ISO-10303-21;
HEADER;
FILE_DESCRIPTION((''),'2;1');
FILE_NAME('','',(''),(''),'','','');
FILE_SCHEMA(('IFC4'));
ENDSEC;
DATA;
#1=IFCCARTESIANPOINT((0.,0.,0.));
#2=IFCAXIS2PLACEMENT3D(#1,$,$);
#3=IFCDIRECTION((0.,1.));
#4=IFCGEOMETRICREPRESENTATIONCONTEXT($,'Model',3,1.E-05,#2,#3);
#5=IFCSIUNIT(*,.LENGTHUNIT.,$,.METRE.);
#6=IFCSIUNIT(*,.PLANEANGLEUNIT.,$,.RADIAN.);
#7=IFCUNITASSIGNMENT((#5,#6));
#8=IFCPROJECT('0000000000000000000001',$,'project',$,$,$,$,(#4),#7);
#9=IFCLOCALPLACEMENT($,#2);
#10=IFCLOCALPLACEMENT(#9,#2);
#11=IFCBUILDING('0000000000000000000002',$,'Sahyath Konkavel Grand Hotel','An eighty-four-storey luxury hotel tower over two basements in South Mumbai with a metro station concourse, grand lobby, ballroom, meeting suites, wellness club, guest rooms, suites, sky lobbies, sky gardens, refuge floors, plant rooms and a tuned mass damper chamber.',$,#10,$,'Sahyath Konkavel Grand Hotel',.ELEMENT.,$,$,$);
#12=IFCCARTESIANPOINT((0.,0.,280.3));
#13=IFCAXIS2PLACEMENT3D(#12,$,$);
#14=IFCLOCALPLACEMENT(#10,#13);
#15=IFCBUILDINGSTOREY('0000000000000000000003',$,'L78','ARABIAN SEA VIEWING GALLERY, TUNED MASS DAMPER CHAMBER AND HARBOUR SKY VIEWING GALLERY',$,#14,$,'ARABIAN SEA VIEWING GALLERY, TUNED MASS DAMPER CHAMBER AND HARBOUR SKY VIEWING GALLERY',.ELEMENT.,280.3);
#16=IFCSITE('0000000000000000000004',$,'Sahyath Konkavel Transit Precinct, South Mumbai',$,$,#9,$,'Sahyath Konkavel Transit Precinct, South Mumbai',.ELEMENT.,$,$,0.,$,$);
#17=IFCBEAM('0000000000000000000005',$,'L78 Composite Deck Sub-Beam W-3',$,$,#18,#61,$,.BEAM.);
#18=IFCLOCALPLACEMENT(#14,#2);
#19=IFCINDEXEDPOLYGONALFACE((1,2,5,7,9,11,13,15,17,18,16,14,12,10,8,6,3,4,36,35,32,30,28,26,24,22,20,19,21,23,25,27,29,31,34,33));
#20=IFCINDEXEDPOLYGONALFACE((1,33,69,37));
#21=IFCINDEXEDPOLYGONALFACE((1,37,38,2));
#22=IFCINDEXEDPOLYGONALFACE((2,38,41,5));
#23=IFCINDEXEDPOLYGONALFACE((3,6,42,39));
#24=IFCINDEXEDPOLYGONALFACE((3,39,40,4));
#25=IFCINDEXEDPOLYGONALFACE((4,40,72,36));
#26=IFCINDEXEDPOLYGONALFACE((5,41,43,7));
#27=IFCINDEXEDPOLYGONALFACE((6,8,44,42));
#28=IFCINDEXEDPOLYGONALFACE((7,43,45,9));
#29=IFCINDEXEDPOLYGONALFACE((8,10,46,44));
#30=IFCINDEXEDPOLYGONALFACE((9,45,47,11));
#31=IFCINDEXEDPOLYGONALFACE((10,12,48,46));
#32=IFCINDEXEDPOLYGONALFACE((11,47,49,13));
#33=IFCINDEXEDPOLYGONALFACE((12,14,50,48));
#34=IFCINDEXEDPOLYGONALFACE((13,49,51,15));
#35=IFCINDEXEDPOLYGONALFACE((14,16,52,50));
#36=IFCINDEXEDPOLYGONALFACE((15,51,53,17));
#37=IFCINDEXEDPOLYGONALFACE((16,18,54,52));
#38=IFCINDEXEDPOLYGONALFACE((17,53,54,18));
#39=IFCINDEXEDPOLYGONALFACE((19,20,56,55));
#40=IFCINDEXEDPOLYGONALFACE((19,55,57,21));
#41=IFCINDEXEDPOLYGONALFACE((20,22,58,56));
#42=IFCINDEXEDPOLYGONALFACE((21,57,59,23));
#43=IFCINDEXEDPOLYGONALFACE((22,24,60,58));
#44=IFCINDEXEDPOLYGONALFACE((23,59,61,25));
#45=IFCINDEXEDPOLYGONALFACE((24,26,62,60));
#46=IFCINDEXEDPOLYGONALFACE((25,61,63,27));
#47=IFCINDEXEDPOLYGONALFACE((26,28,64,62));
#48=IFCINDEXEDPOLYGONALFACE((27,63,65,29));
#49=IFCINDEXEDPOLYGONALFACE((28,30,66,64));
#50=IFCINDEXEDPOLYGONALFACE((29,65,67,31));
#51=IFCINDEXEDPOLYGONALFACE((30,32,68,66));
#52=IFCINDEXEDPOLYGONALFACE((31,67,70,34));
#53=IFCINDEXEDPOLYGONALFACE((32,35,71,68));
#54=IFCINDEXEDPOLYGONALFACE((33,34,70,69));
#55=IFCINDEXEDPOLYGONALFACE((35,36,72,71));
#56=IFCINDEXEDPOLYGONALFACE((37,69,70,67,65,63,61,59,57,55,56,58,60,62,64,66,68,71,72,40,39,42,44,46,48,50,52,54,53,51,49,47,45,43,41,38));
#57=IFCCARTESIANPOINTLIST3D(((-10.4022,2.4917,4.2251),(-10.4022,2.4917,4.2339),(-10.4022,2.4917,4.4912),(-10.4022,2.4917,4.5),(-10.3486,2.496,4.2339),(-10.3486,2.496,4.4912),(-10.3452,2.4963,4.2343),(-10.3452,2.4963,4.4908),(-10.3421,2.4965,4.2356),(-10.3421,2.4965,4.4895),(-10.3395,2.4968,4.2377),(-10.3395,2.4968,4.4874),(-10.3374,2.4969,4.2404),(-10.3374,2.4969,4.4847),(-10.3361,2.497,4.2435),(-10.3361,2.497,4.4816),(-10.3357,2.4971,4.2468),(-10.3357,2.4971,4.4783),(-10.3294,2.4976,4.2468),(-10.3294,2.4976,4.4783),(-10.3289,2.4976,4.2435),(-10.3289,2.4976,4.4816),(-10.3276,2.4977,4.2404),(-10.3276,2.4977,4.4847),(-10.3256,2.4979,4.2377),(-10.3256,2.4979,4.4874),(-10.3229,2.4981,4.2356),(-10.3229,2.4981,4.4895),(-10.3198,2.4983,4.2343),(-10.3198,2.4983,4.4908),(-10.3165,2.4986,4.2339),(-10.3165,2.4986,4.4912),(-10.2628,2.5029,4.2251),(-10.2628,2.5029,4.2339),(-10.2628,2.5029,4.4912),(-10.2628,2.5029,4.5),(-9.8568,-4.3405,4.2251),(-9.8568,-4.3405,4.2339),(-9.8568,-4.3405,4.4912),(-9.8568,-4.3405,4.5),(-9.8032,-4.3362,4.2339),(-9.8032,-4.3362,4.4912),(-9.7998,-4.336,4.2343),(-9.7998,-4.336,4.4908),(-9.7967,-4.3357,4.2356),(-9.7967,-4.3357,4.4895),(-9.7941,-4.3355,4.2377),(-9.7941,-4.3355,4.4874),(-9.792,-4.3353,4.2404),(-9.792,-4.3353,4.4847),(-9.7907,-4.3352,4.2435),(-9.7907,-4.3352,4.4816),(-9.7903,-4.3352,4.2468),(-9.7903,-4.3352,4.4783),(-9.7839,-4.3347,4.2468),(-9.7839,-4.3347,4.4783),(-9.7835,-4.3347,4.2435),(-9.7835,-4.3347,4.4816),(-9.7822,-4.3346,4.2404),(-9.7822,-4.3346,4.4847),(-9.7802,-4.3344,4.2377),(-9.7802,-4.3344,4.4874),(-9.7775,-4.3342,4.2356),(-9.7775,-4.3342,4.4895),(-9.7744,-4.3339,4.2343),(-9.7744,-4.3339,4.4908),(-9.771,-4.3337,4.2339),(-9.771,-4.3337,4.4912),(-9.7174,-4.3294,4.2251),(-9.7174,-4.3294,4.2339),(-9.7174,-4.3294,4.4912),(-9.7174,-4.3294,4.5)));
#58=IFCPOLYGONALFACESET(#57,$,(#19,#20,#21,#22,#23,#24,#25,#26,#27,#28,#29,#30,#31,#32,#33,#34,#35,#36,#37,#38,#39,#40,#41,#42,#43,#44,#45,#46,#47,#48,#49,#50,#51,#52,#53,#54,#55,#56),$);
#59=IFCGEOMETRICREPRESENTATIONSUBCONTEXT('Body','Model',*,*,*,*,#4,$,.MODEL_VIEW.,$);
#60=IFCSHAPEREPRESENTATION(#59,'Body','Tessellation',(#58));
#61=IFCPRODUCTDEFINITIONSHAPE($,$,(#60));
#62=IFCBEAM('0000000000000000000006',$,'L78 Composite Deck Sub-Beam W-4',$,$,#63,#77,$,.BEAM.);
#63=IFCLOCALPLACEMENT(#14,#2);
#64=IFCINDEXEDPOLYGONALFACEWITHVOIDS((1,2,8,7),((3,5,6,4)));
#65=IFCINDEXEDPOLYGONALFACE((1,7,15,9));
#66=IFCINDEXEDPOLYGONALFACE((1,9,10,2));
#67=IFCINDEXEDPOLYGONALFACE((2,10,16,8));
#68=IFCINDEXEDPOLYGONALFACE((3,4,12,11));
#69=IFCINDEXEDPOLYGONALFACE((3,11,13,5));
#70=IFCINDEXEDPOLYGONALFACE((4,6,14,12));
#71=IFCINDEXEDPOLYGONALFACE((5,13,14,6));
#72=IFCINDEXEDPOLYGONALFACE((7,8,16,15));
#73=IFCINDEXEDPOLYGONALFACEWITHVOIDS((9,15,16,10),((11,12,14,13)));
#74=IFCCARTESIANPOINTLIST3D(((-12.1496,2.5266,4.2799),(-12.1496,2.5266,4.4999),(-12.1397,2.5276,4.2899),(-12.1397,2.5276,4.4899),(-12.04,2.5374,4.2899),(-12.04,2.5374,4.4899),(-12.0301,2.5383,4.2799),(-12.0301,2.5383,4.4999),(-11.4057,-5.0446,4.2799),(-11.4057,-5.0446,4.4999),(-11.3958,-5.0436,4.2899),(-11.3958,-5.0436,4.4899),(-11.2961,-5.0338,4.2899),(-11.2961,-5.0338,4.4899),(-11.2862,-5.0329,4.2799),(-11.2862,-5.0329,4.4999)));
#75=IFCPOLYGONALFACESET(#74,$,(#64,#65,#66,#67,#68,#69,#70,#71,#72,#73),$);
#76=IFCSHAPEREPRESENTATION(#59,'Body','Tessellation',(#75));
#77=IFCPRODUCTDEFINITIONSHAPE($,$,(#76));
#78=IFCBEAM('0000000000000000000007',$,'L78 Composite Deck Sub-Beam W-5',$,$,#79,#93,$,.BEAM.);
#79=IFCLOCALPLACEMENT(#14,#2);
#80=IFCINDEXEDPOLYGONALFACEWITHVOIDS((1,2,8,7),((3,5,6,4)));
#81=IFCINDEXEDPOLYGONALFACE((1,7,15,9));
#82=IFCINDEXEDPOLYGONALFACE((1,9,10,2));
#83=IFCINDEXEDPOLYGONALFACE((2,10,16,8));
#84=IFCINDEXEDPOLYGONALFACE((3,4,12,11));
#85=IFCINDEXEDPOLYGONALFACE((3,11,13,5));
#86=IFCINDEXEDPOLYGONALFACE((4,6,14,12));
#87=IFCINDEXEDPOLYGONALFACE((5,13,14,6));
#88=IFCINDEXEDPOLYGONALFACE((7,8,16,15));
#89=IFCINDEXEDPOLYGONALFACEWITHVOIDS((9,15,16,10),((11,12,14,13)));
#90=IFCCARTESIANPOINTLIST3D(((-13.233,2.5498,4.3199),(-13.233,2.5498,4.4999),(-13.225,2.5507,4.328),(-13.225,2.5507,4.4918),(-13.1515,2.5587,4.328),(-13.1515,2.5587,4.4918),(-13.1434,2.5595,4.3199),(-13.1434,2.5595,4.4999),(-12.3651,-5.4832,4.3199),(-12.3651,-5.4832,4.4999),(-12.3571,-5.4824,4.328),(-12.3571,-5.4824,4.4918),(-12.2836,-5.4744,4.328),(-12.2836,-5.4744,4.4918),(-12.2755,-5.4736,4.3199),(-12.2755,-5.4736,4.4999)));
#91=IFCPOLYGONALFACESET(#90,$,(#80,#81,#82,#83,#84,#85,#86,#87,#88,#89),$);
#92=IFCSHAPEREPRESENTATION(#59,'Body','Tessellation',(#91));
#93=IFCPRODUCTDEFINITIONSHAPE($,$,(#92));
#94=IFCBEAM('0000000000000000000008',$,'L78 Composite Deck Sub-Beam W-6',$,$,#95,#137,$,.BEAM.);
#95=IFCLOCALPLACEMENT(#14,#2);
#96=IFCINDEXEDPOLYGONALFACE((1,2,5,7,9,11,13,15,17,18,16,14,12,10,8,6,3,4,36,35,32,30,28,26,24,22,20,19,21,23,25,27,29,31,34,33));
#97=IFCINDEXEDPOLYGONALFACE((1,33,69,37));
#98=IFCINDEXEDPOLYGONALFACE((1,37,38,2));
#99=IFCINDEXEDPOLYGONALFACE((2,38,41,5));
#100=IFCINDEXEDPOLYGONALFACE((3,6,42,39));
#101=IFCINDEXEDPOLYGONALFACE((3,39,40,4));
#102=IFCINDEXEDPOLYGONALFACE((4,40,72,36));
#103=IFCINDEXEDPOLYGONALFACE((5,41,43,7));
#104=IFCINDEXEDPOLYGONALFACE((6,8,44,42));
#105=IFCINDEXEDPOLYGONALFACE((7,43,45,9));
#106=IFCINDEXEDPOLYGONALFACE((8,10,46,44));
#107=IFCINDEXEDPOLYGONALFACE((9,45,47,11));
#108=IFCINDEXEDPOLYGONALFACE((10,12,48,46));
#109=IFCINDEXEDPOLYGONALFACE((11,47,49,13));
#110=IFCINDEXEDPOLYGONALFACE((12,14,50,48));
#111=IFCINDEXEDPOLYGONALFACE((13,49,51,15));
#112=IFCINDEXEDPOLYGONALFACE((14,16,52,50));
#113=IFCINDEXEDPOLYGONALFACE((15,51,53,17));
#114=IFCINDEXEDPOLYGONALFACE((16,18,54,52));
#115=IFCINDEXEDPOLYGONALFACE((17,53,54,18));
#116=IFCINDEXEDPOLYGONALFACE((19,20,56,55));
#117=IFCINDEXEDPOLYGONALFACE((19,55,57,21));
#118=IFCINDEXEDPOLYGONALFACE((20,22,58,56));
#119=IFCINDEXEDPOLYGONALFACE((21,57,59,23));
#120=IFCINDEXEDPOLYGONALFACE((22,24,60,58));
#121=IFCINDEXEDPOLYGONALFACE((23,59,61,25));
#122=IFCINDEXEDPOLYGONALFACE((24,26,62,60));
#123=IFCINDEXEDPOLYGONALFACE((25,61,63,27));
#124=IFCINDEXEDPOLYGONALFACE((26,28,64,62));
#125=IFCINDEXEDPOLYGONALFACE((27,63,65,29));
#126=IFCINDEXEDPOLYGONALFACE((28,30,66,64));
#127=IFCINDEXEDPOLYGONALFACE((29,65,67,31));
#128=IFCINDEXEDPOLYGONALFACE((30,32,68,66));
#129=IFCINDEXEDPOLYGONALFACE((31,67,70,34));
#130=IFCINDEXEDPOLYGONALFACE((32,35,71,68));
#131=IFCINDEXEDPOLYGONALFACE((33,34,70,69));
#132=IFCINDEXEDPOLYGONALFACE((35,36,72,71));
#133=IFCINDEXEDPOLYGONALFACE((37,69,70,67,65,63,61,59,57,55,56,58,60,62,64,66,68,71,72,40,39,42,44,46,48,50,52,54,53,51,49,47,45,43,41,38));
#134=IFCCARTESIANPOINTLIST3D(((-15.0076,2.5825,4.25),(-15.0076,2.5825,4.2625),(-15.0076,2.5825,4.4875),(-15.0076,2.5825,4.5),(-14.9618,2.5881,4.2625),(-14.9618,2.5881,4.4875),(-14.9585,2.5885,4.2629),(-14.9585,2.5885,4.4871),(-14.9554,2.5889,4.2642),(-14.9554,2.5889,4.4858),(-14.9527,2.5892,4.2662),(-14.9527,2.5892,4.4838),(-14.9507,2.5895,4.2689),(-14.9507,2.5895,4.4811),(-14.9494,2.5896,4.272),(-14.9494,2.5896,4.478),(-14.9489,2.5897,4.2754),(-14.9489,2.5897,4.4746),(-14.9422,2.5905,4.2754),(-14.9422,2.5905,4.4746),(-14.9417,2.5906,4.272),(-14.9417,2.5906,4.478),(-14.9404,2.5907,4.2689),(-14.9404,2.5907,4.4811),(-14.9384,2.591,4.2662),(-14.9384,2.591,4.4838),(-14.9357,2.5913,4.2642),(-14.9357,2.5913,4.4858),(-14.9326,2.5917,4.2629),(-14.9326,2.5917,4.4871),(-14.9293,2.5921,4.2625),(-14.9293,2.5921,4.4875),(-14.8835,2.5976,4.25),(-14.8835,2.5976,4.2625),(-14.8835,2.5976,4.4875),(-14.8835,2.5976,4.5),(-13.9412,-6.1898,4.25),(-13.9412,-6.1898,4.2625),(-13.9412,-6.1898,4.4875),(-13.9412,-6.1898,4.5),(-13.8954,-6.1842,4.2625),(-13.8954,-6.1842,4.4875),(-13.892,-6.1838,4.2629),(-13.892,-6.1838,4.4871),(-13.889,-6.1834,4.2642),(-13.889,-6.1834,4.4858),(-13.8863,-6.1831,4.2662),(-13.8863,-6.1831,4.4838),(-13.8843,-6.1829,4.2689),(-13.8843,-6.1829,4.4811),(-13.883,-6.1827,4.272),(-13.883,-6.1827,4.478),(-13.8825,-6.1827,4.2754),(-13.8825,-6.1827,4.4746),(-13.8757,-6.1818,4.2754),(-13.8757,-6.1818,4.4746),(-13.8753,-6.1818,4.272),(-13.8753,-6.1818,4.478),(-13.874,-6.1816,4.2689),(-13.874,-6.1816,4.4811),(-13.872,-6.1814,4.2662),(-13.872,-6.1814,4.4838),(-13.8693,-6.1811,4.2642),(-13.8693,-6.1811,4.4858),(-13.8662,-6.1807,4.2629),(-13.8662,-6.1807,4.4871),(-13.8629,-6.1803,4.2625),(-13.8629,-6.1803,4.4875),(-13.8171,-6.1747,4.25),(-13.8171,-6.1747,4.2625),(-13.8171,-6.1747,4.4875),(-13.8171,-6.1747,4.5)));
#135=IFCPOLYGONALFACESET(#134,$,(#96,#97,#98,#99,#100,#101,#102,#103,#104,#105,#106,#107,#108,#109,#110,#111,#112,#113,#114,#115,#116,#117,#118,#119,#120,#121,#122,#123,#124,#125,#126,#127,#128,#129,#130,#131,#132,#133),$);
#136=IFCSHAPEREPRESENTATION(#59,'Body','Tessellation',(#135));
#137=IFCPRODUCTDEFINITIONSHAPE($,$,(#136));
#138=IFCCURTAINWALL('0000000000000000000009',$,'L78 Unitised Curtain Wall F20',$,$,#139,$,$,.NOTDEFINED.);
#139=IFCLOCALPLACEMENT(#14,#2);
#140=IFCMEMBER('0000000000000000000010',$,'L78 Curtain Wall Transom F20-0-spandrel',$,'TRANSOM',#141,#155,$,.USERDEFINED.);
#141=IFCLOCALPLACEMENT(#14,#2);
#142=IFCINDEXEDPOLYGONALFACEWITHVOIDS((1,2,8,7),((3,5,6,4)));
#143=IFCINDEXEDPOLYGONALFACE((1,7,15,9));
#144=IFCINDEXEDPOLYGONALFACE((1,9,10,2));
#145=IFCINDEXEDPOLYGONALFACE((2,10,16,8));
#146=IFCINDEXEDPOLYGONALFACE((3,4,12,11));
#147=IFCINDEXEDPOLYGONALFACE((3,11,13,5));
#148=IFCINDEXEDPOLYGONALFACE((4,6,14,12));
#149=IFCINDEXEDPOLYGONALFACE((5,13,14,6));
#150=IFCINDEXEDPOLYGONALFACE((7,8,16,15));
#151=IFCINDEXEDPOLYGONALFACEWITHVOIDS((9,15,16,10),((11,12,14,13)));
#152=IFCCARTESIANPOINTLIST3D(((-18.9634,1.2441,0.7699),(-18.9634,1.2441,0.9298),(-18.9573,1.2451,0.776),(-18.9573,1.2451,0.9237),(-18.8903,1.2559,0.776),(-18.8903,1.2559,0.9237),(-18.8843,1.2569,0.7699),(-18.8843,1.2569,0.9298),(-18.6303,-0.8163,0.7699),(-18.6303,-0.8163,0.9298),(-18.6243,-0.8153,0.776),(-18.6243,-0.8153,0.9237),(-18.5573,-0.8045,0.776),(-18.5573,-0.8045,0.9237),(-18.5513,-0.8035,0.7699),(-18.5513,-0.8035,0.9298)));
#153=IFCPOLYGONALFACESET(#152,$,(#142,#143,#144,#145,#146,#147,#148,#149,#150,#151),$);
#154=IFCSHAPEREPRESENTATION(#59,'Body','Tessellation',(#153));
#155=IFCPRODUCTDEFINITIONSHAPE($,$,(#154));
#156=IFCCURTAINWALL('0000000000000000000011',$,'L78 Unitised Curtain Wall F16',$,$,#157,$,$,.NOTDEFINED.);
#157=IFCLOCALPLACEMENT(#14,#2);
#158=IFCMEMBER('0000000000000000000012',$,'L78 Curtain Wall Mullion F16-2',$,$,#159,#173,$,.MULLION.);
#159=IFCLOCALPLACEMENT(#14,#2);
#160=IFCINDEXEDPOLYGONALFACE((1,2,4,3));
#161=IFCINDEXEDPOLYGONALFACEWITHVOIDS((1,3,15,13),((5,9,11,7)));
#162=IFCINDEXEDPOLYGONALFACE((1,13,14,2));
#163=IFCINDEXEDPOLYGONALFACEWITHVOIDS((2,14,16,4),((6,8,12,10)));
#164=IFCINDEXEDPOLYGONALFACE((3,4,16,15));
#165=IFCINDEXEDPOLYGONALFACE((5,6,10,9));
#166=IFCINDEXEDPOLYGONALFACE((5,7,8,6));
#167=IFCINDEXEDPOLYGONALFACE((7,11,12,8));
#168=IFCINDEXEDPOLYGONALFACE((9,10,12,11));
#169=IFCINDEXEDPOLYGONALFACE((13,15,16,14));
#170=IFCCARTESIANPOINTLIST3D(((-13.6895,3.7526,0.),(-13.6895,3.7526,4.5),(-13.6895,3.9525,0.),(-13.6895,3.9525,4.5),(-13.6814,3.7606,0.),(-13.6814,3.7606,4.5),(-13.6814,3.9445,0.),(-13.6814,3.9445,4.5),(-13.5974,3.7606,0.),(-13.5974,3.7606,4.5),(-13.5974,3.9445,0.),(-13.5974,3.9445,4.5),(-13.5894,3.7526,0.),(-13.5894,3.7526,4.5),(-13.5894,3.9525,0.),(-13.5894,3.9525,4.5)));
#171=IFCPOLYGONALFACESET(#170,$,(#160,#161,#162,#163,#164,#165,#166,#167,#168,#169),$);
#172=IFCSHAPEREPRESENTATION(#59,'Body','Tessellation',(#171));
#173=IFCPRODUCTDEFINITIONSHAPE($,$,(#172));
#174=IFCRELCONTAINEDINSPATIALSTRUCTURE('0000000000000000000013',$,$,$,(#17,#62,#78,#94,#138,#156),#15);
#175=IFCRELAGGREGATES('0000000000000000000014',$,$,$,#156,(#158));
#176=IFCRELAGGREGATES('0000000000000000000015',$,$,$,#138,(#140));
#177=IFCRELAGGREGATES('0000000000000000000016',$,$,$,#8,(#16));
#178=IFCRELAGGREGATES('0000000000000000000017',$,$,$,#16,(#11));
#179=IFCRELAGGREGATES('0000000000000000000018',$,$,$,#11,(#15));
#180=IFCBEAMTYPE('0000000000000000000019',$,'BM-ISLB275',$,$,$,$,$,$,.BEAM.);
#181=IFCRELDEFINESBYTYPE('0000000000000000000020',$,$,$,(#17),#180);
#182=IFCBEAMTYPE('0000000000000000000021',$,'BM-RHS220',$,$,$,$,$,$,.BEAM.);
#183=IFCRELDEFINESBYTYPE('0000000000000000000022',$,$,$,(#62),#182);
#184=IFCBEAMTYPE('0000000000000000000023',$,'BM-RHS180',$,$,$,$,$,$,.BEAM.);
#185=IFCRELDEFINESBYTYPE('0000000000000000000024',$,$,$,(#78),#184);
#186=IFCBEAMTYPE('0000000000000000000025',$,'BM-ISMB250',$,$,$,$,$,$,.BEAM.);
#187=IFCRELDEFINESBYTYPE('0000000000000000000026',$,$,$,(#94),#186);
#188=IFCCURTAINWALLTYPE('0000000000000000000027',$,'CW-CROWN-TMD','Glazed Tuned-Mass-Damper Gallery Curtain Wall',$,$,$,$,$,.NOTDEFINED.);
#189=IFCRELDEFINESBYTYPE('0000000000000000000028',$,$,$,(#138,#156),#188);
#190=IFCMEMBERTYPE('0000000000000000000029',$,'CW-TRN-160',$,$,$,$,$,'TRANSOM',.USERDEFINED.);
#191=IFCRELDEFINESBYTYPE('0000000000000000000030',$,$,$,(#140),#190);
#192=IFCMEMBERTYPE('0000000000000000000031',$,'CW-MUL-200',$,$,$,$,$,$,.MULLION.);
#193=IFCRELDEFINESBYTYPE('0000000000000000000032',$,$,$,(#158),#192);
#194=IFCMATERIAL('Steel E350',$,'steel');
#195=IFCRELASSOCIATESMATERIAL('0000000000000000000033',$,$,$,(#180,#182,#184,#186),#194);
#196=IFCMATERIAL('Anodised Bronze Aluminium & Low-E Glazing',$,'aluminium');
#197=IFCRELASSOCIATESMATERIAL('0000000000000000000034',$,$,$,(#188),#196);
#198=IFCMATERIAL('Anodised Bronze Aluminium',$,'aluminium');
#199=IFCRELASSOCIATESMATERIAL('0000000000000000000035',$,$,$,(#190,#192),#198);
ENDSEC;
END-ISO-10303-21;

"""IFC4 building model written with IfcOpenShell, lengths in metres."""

from ifc_helpers import new_model, si_unit, direction, frame, origin, origin_2d, place, context, subcontext, project, spatial, hollow_rectangle, i_section, extrude, source, transform, mapped, material, material_profile, profile_set, type_object, element, aggregate, save


model = new_model("IFC4")

# Units and contexts
model_context = context("Model", 3, precision=1e-05, world=origin(), true_north=direction((0.0, 1.0)))
body_context = subcontext(model_context, "Body", "Model", "MODEL_VIEW")
ifc_project = project(units=[si_unit("LENGTHUNIT", "METRE"), si_unit("PLANEANGLEUNIT", "RADIAN")], contexts=[model_context])

# Site, building, storey
site_placement = place(None, origin())
site = spatial("IfcSite", under=ifc_project, at=site_placement, Name="Sahyath Konkavel Transit Precinct, South Mumbai", LongName="Sahyath Konkavel Transit Precinct, South Mumbai", CompositionType="ELEMENT", RefElevation=0.0)
building_placement = place(site_placement, origin())
building = spatial("IfcBuilding", under=site, at=building_placement, Name="Sahyath Konkavel Grand Hotel", Description="An eighty-four-storey luxury hotel tower over two basements in South Mumbai with a metro station concourse, grand lobby, ballroom, meeting suites, wellness club, guest rooms, suites, sky lobbies, sky gardens, refuge floors, plant rooms and a tuned mass damper chamber.", LongName="Sahyath Konkavel Grand Hotel", CompositionType="ELEMENT")
storey_placement = place(building_placement, frame((0.0, 0.0, 280.3)))
storey = spatial("IfcBuildingStorey", under=building, at=storey_placement, Name="L78", Description="ARABIAN SEA VIEWING GALLERY, TUNED MASS DAMPER CHAMBER AND HARBOUR SKY VIEWING GALLERY", LongName="ARABIAN SEA VIEWING GALLERY, TUNED MASS DAMPER CHAMBER AND HARBOUR SKY VIEWING GALLERY", CompositionType="ELEMENT", Elevation=280.3)

# Beams
ifc_material_1 = material(Name="Steel E350", Category="steel")
ifc_material_profile_1 = material_profile(ifc_material_1, i_section(OverallWidth=0.1399, OverallDepth=0.2749, WebThickness=0.0063, FlangeThickness=0.0088, FilletRadius=0.0129, at=origin_2d()), Name="ISLB 275")
ifc_profile_set_1 = profile_set([ifc_material_profile_1], Name="Steel E350")
beam_type_1 = type_object("IfcBeamType", Name="BM-ISLB275", PredefinedType="BEAM", material=ifc_profile_set_1)
shared_shape_1 = source(origin(), body_context, "Body", "SweptSolid", [
    extrude(i_section(OverallWidth=0.1399, OverallDepth=0.2749, WebThickness=0.0063, FlangeThickness=0.0088, FilletRadius=0.0129, at=origin_2d()), origin(), (0.0, 0.0, 1.0), 6.854),
])
beam_1_placement = place(storey_placement, frame((-10.3325, 2.4973, 4.3625), z_axis=(0.079575, -0.996829, 0.0), x_axis=(0.996829, 0.079575, 0.0)))
element("IfcBeam", 1, at=beam_1_placement, inside=storey, type_object=beam_type_1, Name="L78 Composite Deck Sub-Beam W-3", PredefinedType="BEAM", context=body_context, shape_type="MappedRepresentation", body=[
    mapped(shared_shape_1, transform((0.0, 0.0, 0.0), scale=1.0)),
])
ifc_material_profile_2 = material_profile(ifc_material_1, hollow_rectangle(XDim=0.1201, YDim=0.22, WallThickness=0.01, at=origin_2d()), Name="RHS 220x120x10")
ifc_profile_set_2 = profile_set([ifc_material_profile_2], Name="Steel E350")
beam_type_2 = type_object("IfcBeamType", Name="BM-RHS220", PredefinedType="BEAM", material=ifc_profile_set_2)
shared_shape_2 = source(origin(), body_context, "Body", "SweptSolid", [
    extrude(hollow_rectangle(XDim=0.1201, YDim=0.22, WallThickness=0.01, at=origin_2d()), origin(), (0.0, 0.0, 1.0), 7.6077),
])
beam_2_placement = place(storey_placement, frame((-12.0898, 2.5325, 4.3899), z_axis=(0.097781, -0.995208, 0.0), x_axis=(0.995208, 0.097781, 0.0)))
element("IfcBeam", 2, at=beam_2_placement, inside=storey, type_object=beam_type_2, Name="L78 Composite Deck Sub-Beam W-4", PredefinedType="BEAM", context=body_context, shape_type="MappedRepresentation", body=[
    mapped(shared_shape_2, transform((0.0, 0.0, 0.0), scale=1.0)),
])
ifc_material_profile_3 = material_profile(ifc_material_1, hollow_rectangle(XDim=0.0901, YDim=0.1799, WallThickness=0.0081, at=origin_2d()), Name="RHS 180x90x8")
ifc_profile_set_3 = profile_set([ifc_material_profile_3], Name="Steel E350")
beam_type_3 = type_object("IfcBeamType", Name="BM-RHS180", PredefinedType="BEAM", material=ifc_profile_set_3)
shared_shape_3 = source(origin(), body_context, "Body", "SweptSolid", [
    extrude(hollow_rectangle(XDim=0.0901, YDim=0.1799, WallThickness=0.0081, at=origin_2d()), origin(), (0.0, 0.0, 1.0), 8.0798),
])
beam_3_placement = place(storey_placement, frame((-13.1882, 2.5547, 4.4099), z_axis=(0.107416, -0.994214, 0.0), x_axis=(0.994214, 0.107416, 0.0)))
element("IfcBeam", 3, at=beam_3_placement, inside=storey, type_object=beam_type_3, Name="L78 Composite Deck Sub-Beam W-5", PredefinedType="BEAM", context=body_context, shape_type="MappedRepresentation", body=[
    mapped(shared_shape_3, transform((0.0, 0.0, 0.0), scale=1.0)),
])
ifc_material_profile_4 = material_profile(ifc_material_1, i_section(OverallWidth=0.125, OverallDepth=0.25, WebThickness=0.0068, FlangeThickness=0.0125, FilletRadius=0.0129, at=origin_2d()), Name="ISMB 250")
ifc_profile_set_4 = profile_set([ifc_material_profile_4], Name="Steel E350")
beam_type_4 = type_object("IfcBeamType", Name="BM-ISMB250", PredefinedType="BEAM", material=ifc_profile_set_4)
shared_shape_4 = source(origin(), body_context, "Body", "SweptSolid", [
    extrude(i_section(OverallWidth=0.125, OverallDepth=0.25, WebThickness=0.0068, FlangeThickness=0.0125, FilletRadius=0.0129, at=origin_2d()), origin(), (0.0, 0.0, 1.0), 8.8369),
])
beam_4_placement = place(storey_placement, frame((-14.9456, 2.5901, 4.375), z_axis=(0.120678, -0.992692, 0.0), x_axis=(0.992692, 0.120678, 0.0)))
element("IfcBeam", 4, at=beam_4_placement, inside=storey, type_object=beam_type_4, Name="L78 Composite Deck Sub-Beam W-6", PredefinedType="BEAM", context=body_context, shape_type="MappedRepresentation", body=[
    mapped(shared_shape_4, transform((0.0, 0.0, 0.0), scale=1.0)),
])

# Curtain wall, member
ifc_material_2 = material(Name="Anodised Bronze Aluminium & Low-E Glazing", Category="aluminium")
curtain_wall_type = type_object("IfcCurtainWallType", Name="CW-CROWN-TMD", Description="Glazed Tuned-Mass-Damper Gallery Curtain Wall", PredefinedType="NOTDEFINED", material=ifc_material_2)
curtain_wall_1_placement = place(storey_placement, origin())
curtain_wall_1 = element("IfcCurtainWall", 5, at=curtain_wall_1_placement, inside=storey, type_object=curtain_wall_type, Name="L78 Unitised Curtain Wall F20", PredefinedType="NOTDEFINED")
ifc_material_3 = material(Name="Anodised Bronze Aluminium", Category="aluminium")
ifc_material_profile_5 = material_profile(ifc_material_3, hollow_rectangle(XDim=0.0801, YDim=0.1599, WallThickness=0.0061, at=origin_2d()), Name="RHS 160x80x6")
ifc_profile_set_5 = profile_set([ifc_material_profile_5], Name="Anodised Bronze Aluminium")
member_type_1 = type_object("IfcMemberType", Name="CW-TRN-160", ElementType="TRANSOM", PredefinedType="USERDEFINED", material=ifc_profile_set_5)
shared_shape_5 = source(origin(), body_context, "Body", "SweptSolid", [
    extrude(hollow_rectangle(XDim=0.0801, YDim=0.1599, WallThickness=0.0061, at=origin_2d()), origin(), (0.0, 0.0, 1.0), 2.0872),
])
member_1_placement = place(storey_placement, frame((-18.9238, 1.2505, 0.8499), z_axis=(0.15956, -0.987188, 0.0), x_axis=(0.987188, 0.15956, 0.0)))
member_1 = element("IfcMember", 6, at=member_1_placement, type_object=member_type_1, Name="L78 Curtain Wall Transom F20-0-spandrel", ObjectType="TRANSOM", PredefinedType="USERDEFINED", context=body_context, shape_type="MappedRepresentation", body=[
    mapped(shared_shape_5, transform((0.0, 0.0, 0.0), scale=1.0)),
])

# Curtain wall, member
curtain_wall_2_placement = place(storey_placement, origin())
curtain_wall_2 = element("IfcCurtainWall", 7, at=curtain_wall_2_placement, inside=storey, type_object=curtain_wall_type, Name="L78 Unitised Curtain Wall F16", PredefinedType="NOTDEFINED")
ifc_material_profile_6 = material_profile(ifc_material_3, hollow_rectangle(XDim=0.1001, YDim=0.2, WallThickness=0.0081, at=origin_2d()), Name="RHS 200x100x8")
ifc_profile_set_6 = profile_set([ifc_material_profile_6], Name="Anodised Bronze Aluminium")
member_type_2 = type_object("IfcMemberType", Name="CW-MUL-200", PredefinedType="MULLION", material=ifc_profile_set_6)
shared_shape_6 = source(origin(), body_context, "Body", "SweptSolid", [
    extrude(hollow_rectangle(XDim=0.1001, YDim=0.2, WallThickness=0.0081, at=origin_2d()), origin(), (0.0, 0.0, 1.0), 4.5),
])
member_2_placement = place(storey_placement, frame((-13.6394, 3.8525, 0.0), z_axis=(0.0, 0.0, 1.0), x_axis=(1.0, 0.0, 0.0)))
member_2 = element("IfcMember", 8, at=member_2_placement, type_object=member_type_2, Name="L78 Curtain Wall Mullion F16-2", PredefinedType="MULLION", context=body_context, shape_type="MappedRepresentation", body=[
    mapped(shared_shape_6, transform((0.0, 0.0, 0.0), scale=1.0)),
])

aggregate(curtain_wall_2, [member_2])
aggregate(curtain_wall_1, [member_1])

save(model, "model.ifc")
